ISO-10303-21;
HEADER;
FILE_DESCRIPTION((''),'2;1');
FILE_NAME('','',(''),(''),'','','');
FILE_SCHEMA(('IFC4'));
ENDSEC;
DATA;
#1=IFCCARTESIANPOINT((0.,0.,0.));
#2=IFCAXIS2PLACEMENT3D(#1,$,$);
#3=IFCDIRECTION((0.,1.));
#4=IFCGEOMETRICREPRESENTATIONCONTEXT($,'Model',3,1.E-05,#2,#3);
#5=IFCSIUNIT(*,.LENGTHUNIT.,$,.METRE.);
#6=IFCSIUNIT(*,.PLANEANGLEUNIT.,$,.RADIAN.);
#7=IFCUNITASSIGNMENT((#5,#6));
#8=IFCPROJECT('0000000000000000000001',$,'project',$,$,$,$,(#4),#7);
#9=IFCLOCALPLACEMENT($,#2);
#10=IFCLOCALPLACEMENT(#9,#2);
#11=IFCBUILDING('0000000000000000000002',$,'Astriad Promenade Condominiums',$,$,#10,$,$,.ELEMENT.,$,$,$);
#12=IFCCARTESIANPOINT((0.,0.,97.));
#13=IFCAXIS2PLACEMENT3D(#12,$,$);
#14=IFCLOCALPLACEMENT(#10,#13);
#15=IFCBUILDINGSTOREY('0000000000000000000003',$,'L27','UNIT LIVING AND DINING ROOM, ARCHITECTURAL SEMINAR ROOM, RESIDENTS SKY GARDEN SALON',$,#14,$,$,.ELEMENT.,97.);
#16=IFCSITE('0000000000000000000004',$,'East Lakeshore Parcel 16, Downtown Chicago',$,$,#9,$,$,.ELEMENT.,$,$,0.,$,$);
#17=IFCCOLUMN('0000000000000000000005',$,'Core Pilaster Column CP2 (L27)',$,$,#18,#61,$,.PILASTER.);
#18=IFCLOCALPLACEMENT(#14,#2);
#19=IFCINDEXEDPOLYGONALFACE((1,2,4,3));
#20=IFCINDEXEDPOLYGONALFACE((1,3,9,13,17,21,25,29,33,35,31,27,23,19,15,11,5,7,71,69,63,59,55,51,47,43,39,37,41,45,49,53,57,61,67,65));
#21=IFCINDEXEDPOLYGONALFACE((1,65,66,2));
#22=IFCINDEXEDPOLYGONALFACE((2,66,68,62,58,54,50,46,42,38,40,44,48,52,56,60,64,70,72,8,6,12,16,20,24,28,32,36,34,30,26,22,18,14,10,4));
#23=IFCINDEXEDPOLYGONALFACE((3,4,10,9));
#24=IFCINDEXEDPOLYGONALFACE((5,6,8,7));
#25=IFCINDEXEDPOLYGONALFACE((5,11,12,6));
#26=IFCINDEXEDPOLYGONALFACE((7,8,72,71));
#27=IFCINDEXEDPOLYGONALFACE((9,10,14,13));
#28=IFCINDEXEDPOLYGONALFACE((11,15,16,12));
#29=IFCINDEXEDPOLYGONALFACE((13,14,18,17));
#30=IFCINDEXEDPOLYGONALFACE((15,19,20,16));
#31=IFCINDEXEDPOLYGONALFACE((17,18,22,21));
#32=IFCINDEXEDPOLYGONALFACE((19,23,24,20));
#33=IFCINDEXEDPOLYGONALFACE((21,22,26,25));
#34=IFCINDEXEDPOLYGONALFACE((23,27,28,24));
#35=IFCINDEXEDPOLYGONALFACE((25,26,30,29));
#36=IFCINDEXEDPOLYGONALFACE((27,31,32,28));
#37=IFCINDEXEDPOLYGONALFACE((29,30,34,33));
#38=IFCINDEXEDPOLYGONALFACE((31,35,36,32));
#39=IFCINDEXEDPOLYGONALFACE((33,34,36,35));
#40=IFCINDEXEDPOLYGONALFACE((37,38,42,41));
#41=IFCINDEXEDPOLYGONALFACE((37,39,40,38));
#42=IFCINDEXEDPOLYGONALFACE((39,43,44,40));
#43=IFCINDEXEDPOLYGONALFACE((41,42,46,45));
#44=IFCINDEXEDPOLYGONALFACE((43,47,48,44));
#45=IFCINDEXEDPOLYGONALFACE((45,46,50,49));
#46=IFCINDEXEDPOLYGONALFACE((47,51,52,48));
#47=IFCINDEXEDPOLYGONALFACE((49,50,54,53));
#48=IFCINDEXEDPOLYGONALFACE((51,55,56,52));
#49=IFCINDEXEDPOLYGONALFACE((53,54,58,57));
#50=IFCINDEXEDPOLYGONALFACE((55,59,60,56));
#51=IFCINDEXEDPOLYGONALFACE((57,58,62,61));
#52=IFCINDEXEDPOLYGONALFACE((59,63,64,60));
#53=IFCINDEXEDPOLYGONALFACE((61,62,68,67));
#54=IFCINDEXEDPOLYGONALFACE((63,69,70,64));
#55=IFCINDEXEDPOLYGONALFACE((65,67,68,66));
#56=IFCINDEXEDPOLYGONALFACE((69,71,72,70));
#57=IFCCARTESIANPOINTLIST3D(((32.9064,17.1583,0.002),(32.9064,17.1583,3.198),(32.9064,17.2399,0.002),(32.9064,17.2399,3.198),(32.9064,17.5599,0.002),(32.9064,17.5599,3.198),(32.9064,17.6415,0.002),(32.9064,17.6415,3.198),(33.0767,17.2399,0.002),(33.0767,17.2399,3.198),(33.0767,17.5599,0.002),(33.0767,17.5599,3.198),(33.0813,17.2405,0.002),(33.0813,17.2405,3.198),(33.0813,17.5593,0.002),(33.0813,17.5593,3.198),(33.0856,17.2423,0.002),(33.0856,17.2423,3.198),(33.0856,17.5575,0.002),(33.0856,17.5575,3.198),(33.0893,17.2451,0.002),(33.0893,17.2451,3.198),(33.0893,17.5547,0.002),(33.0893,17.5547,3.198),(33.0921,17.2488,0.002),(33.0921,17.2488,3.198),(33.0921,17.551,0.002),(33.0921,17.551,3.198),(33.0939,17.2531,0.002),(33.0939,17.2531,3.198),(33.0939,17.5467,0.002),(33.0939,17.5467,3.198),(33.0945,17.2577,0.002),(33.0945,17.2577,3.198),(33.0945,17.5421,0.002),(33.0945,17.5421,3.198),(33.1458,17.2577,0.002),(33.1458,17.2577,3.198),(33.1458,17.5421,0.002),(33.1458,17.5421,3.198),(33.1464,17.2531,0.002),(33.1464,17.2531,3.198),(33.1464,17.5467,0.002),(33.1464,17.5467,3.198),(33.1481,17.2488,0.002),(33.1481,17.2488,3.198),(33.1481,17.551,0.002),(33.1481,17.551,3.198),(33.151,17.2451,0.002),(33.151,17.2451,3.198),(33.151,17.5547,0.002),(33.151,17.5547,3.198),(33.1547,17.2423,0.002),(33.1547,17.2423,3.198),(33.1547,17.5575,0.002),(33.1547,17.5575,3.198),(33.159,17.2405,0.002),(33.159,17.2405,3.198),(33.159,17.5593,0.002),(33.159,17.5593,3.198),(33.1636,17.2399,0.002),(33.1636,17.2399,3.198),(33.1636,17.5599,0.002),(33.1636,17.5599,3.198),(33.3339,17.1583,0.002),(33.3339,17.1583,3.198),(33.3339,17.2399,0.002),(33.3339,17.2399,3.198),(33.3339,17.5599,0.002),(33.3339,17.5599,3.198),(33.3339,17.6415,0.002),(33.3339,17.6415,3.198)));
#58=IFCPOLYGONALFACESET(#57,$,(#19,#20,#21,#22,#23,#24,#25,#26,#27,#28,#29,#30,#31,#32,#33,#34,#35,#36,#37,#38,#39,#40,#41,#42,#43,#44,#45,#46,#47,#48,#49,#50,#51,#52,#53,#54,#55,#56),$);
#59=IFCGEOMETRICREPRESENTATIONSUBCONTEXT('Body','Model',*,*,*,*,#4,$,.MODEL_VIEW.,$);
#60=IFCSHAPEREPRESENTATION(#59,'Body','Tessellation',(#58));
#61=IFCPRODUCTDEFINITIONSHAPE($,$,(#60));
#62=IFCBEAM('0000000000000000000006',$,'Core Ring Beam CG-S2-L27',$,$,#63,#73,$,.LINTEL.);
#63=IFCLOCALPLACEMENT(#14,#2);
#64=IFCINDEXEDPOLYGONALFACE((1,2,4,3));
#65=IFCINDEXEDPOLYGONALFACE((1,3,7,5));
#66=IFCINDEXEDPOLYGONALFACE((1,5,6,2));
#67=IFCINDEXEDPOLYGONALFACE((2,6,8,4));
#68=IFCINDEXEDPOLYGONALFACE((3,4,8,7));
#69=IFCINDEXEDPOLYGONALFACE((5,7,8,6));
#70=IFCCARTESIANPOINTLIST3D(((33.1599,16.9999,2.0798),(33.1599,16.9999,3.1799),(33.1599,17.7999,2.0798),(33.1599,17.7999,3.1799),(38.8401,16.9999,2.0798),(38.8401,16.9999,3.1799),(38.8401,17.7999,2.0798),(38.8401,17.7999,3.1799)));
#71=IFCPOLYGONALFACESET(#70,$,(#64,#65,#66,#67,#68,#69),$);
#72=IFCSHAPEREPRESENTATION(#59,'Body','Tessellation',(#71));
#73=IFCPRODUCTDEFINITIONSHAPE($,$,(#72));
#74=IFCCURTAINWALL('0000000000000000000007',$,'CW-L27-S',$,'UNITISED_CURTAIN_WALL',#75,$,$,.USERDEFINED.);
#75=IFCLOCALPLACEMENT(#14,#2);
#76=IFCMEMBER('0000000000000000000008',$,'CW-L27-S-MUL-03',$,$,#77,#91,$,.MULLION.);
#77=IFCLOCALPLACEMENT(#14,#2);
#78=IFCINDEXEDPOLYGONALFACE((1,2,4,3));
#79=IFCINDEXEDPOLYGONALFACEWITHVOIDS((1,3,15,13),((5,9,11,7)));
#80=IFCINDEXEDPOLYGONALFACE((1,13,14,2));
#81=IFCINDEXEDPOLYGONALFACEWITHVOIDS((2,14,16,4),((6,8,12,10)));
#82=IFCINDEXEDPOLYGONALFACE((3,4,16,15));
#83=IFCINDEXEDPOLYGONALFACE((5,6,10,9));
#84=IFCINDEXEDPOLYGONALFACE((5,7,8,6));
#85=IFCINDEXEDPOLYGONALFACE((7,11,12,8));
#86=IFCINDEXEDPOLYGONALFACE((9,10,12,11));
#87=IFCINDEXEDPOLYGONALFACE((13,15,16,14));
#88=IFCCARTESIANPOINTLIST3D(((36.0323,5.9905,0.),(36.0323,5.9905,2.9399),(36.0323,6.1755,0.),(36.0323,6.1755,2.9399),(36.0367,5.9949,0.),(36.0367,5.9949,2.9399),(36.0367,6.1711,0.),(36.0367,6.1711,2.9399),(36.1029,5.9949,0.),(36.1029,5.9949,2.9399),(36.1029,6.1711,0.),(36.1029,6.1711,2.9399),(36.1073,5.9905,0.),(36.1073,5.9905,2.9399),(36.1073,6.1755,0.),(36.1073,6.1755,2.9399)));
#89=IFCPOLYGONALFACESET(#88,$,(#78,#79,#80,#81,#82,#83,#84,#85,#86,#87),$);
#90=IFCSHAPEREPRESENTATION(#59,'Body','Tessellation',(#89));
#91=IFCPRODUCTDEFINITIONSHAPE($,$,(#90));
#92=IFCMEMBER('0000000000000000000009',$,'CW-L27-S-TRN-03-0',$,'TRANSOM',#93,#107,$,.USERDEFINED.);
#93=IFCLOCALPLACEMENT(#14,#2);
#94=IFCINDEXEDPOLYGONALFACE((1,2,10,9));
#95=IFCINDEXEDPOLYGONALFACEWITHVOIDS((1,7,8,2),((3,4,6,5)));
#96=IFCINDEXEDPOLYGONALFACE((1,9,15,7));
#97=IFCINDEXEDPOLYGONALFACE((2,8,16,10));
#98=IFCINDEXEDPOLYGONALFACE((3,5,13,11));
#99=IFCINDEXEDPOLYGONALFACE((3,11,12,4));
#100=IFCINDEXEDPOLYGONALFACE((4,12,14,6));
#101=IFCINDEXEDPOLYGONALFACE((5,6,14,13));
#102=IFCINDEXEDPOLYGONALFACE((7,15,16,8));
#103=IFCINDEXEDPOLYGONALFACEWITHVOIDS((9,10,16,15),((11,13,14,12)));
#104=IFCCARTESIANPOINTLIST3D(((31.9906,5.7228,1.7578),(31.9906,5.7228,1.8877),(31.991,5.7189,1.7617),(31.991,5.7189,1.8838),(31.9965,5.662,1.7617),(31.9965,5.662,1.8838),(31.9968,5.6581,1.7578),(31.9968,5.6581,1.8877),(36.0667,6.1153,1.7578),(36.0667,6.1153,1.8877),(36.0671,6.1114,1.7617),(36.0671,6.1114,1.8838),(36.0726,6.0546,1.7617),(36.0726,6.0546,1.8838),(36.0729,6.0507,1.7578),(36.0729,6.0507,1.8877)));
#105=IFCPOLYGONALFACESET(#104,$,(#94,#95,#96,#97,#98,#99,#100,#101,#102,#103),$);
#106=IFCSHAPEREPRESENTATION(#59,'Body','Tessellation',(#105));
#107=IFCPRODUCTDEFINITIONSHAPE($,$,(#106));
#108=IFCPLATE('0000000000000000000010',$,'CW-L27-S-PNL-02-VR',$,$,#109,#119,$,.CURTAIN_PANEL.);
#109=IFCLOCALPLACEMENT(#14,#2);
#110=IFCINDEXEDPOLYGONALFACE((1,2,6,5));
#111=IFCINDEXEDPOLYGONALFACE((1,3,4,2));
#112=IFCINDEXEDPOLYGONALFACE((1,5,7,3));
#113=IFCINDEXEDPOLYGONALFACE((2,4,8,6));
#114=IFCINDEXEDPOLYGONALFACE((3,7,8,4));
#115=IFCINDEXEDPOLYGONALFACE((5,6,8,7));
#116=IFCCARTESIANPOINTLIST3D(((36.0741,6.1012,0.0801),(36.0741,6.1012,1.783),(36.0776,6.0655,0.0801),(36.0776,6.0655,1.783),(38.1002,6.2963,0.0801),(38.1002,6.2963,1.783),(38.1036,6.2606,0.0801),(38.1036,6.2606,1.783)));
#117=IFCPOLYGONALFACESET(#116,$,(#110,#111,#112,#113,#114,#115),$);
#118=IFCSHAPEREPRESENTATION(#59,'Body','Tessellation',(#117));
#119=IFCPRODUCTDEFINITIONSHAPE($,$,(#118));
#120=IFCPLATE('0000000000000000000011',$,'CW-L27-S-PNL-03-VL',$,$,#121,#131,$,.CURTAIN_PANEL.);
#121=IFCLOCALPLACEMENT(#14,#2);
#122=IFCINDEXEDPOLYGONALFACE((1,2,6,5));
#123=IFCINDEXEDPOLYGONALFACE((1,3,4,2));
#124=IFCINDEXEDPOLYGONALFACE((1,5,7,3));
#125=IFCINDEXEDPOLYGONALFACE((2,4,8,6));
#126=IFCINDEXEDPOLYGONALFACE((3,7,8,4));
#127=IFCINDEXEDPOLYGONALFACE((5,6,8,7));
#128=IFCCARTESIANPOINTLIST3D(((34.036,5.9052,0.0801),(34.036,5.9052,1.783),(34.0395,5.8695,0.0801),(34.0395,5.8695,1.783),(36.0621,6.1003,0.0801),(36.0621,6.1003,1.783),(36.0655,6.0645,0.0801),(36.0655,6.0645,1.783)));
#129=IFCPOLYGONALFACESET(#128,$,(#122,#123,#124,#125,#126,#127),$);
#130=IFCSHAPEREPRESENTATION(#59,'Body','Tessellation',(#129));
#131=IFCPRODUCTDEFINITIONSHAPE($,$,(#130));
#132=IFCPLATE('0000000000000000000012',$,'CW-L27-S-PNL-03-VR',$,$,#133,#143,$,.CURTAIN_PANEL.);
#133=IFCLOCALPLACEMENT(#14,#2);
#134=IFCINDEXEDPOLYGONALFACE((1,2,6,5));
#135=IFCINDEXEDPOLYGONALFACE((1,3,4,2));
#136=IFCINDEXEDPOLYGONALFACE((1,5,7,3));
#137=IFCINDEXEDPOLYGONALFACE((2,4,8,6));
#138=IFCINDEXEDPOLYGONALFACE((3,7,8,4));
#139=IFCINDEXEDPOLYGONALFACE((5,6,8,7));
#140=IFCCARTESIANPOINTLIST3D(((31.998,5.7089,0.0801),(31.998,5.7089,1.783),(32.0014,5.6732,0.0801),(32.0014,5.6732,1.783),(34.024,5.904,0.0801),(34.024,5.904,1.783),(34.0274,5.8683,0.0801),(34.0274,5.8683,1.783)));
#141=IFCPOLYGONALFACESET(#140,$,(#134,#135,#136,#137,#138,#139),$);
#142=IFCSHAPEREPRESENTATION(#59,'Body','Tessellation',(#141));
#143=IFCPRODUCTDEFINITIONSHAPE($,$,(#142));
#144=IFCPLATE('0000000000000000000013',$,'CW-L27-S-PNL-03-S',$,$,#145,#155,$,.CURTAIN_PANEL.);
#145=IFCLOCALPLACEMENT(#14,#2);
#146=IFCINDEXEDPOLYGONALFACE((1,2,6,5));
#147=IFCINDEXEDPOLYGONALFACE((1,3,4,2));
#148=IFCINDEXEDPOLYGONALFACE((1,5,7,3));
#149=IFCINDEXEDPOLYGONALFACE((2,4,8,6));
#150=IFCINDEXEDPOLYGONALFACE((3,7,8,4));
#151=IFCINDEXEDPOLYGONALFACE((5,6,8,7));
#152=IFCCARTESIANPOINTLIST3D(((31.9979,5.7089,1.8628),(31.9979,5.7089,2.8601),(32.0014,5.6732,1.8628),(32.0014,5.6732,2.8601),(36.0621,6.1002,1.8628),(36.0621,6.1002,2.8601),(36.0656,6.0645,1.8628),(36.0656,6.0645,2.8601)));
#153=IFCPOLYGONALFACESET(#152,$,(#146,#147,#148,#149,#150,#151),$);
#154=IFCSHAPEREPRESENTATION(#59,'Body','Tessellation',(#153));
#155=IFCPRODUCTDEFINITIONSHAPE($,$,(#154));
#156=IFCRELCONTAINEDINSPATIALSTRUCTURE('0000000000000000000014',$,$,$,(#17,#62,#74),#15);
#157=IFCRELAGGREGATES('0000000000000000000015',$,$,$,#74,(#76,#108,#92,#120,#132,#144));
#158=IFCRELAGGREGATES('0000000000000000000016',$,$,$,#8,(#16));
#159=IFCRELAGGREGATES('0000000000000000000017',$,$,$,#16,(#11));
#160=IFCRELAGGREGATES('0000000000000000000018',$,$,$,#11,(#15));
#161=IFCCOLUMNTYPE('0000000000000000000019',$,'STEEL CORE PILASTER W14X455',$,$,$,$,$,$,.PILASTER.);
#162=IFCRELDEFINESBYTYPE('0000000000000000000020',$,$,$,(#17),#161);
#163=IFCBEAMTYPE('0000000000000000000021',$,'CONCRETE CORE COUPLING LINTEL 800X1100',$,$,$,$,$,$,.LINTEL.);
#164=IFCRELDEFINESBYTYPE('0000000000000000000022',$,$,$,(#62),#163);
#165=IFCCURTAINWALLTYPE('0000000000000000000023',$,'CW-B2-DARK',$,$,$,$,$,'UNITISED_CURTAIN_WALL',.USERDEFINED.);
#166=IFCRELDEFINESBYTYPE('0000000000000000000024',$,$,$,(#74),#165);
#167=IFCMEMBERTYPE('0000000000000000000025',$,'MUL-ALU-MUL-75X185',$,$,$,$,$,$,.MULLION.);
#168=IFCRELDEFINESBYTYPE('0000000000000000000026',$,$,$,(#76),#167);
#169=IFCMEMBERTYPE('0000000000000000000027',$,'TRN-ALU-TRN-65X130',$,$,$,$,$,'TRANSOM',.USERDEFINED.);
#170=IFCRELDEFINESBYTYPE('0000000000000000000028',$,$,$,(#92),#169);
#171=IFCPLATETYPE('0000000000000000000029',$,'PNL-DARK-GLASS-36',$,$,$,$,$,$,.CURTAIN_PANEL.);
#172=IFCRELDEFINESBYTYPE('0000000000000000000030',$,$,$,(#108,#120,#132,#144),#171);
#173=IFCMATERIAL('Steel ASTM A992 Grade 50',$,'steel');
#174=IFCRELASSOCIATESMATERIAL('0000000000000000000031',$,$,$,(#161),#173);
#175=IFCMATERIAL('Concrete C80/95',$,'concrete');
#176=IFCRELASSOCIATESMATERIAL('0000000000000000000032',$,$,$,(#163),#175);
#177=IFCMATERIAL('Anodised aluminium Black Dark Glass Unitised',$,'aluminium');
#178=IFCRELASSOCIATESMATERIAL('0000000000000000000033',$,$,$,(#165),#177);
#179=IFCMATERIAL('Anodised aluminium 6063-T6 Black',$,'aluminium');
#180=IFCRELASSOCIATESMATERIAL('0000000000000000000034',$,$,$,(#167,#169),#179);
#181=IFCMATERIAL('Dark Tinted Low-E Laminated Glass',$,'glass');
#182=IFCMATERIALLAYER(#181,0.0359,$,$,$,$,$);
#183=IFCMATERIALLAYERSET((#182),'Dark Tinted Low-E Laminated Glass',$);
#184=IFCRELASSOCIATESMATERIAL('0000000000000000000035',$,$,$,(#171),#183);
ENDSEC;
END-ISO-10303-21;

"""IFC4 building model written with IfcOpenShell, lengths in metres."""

from ifc_helpers import new_model, si_unit, direction, frame, origin, origin_2d, place, context, subcontext, project, spatial, rectangle, hollow_rectangle, i_section, extrude, source, transform, mapped, material, layer, layer_set, material_profile, profile_set, type_object, type_shapes, element, aggregate, save


model = new_model("IFC4")

# Units and contexts
model_context = context("Model", 3, precision=1e-05, world=origin(), true_north=direction((0.0, 1.0)))
body_context = subcontext(model_context, "Body", "Model", "MODEL_VIEW")
ifc_project = project(units=[si_unit("LENGTHUNIT", "METRE"), si_unit("PLANEANGLEUNIT", "RADIAN")], contexts=[model_context])

# Site, building, storey
site_placement = place(None, origin())
site = spatial("IfcSite", under=ifc_project, at=site_placement, Name="East Lakeshore Parcel 16, Downtown Chicago", CompositionType="ELEMENT", RefElevation=0.0)
building_placement = place(site_placement, origin())
building = spatial("IfcBuilding", under=site, at=building_placement, Name="Astriad Promenade Condominiums", CompositionType="ELEMENT")
storey_placement = place(building_placement, frame((0.0, 0.0, 97.0)))
storey = spatial("IfcBuildingStorey", under=building, at=storey_placement, Name="L27", Description="UNIT LIVING AND DINING ROOM, ARCHITECTURAL SEMINAR ROOM, RESIDENTS SKY GARDEN SALON", CompositionType="ELEMENT", Elevation=97.0)

# Column
ifc_material_1 = material(Name="Steel ASTM A992 Grade 50", Category="steel")
ifc_material_profile_1 = material_profile(ifc_material_1, i_section(OverallWidth=0.4275, OverallDepth=0.4832, WebThickness=0.0513, FlangeThickness=0.0815, FilletRadius=0.0178, at=origin_2d()), Name="W14X455")
ifc_profile_set_1 = profile_set([ifc_material_profile_1], Name="Steel ASTM A992 Grade 50")
column_type = type_object("IfcColumnType", Name="STEEL CORE PILASTER W14X455", PredefinedType="PILASTER", material=ifc_profile_set_1)
shared_shape_1 = source(origin(), body_context, "Body", "SweptSolid", [
    extrude(i_section(OverallWidth=0.4275, OverallDepth=0.4832, WebThickness=0.0513, FlangeThickness=0.0815, FilletRadius=0.0178, at=origin_2d()), origin(), (0.0, 0.0, 1.0), 3.196),
])
type_shapes(column_type, [shared_shape_1])
column_placement = place(storey_placement, frame((33.1201, 17.3999, 0.002), z_axis=(0.0, 0.0, 1.0), x_axis=(1.0, 0.0, 0.0)))
element("IfcColumn", 1, at=column_placement, inside=storey, type_object=column_type, Name="Core Pilaster Column CP2 (L27)", PredefinedType="PILASTER", context=body_context, shape_type="MappedRepresentation", body=[
    mapped(shared_shape_1, transform((0.0, 0.0, 0.0), scale=1.0)),
])

# Beam
ifc_material_2 = material(Name="Concrete C80/95", Category="concrete")
ifc_material_profile_2 = material_profile(ifc_material_2, rectangle(XDim=0.8, YDim=1.1001, at=origin_2d()), Name="RC-BM-800X1100")
ifc_profile_set_2 = profile_set([ifc_material_profile_2], Name="Concrete C80/95")
beam_type = type_object("IfcBeamType", Name="CONCRETE CORE COUPLING LINTEL 800X1100", PredefinedType="LINTEL", material=ifc_profile_set_2)
shared_shape_2 = source(origin(), body_context, "Body", "SweptSolid", [
    extrude(rectangle(XDim=0.8, YDim=1.1001, at=origin_2d()), origin(), (0.0, 0.0, 1.0), 5.6802),
])
type_shapes(beam_type, [shared_shape_2])
beam_placement = place(storey_placement, frame((33.1599, 17.3999, 2.6299), z_axis=(1.0, 0.0, 0.0), x_axis=(0.0, 1.0, 0.0)))
element("IfcBeam", 2, at=beam_placement, inside=storey, type_object=beam_type, Name="Core Ring Beam CG-S2-L27", PredefinedType="LINTEL", context=body_context, shape_type="MappedRepresentation", body=[
    mapped(shared_shape_2, transform((0.0, 0.0, 0.0), scale=1.0)),
])

# Curtain wall, members, plates
ifc_material_3 = material(Name="Anodised aluminium Black Dark Glass Unitised", Category="aluminium")
curtain_wall_type = type_object("IfcCurtainWallType", Name="CW-B2-DARK", ElementType="UNITISED_CURTAIN_WALL", PredefinedType="USERDEFINED", material=ifc_material_3)
curtain_wall_placement = place(storey_placement, origin())
curtain_wall = element("IfcCurtainWall", 3, at=curtain_wall_placement, inside=storey, type_object=curtain_wall_type, Name="CW-L27-S", ObjectType="UNITISED_CURTAIN_WALL", PredefinedType="USERDEFINED")
ifc_material_4 = material(Name="Anodised aluminium 6063-T6 Black", Category="aluminium")
ifc_material_profile_3 = material_profile(ifc_material_4, hollow_rectangle(XDim=0.075, YDim=0.1851, WallThickness=0.0044, at=origin_2d()), Name="ALU-MUL-75X185")
ifc_profile_set_3 = profile_set([ifc_material_profile_3], Name="Anodised aluminium 6063-T6 Black")
member_type_1 = type_object("IfcMemberType", Name="MUL-ALU-MUL-75X185", PredefinedType="MULLION", material=ifc_profile_set_3)
shared_shape_3 = source(origin(), body_context, "Body", "SweptSolid", [
    extrude(hollow_rectangle(XDim=0.075, YDim=0.1851, WallThickness=0.0044, at=origin_2d()), origin(), (0.0, 0.0, 1.0), 2.9399),
])
type_shapes(member_type_1, [shared_shape_3])
member_1_placement = place(storey_placement, frame((36.0698, 6.083, 0.0), z_axis=(0.0, 0.0, 1.0), x_axis=(1.0, 0.0, 0.0)))
member_1 = element("IfcMember", 4, at=member_1_placement, type_object=member_type_1, Name="CW-L27-S-MUL-03", PredefinedType="MULLION", context=body_context, shape_type="MappedRepresentation", body=[
    mapped(shared_shape_3, transform((0.0, 0.0, 0.0), scale=1.0)),
])
ifc_material_profile_4 = material_profile(ifc_material_4, hollow_rectangle(XDim=0.0649, YDim=0.1299, WallThickness=0.0039, at=origin_2d()), Name="ALU-TRN-65X130")
ifc_profile_set_4 = profile_set([ifc_material_profile_4], Name="Anodised aluminium 6063-T6 Black")
member_type_2 = type_object("IfcMemberType", Name="TRN-ALU-TRN-65X130", ElementType="TRANSOM", PredefinedType="USERDEFINED", material=ifc_profile_set_4)
shared_shape_4 = source(origin(), body_context, "Body", "SweptSolid", [
    extrude(hollow_rectangle(XDim=0.0649, YDim=0.1299, WallThickness=0.0039, at=origin_2d()), origin(), (0.0, 0.0, 1.0), 4.095),
])
type_shapes(member_type_2, [shared_shape_4])
member_2_placement = place(storey_placement, frame((36.0698, 6.083, 1.8228), z_axis=(-0.995394, -0.095867, 0.0), x_axis=(0.095867, -0.995394, 0.0)))
member_2 = element("IfcMember", 5, at=member_2_placement, type_object=member_type_2, Name="CW-L27-S-TRN-03-0", ObjectType="TRANSOM", PredefinedType="USERDEFINED", context=body_context, shape_type="MappedRepresentation", body=[
    mapped(shared_shape_4, transform((0.0, 0.0, 0.0), scale=1.0)),
])
ifc_material_5 = material(Name="Dark Tinted Low-E Laminated Glass", Category="glass")
ifc_layer_1 = layer(ifc_material_5, 0.0359)
ifc_layer_set_1 = layer_set([ifc_layer_1], Name="Dark Tinted Low-E Laminated Glass")
plate_type = type_object("IfcPlateType", Name="PNL-DARK-GLASS-36", PredefinedType="CURTAIN_PANEL", material=ifc_layer_set_1)
shared_shape_5 = source(origin(), body_context, "Body", "SweptSolid", [
    extrude(rectangle(XDim=2.0354, YDim=0.0359, at=origin_2d()), origin(), (0.0, 0.0, 1.0), 1.7029),
])
plate_1_placement = place(storey_placement, frame((37.0889, 6.1809, 0.0801), z_axis=(0.0, 0.0, 1.0), x_axis=(-0.995396, -0.095846, 0.0)))
plate_1 = element("IfcPlate", 6, at=plate_1_placement, type_object=plate_type, Name="CW-L27-S-PNL-02-VR", PredefinedType="CURTAIN_PANEL", context=body_context, shape_type="MappedRepresentation", body=[
    mapped(shared_shape_5, transform((0.0, 0.0, 0.0), scale=1.0)),
])
plate_2_placement = place(storey_placement, frame((35.0508, 5.9849, 0.0801), z_axis=(0.0, 0.0, 1.0), x_axis=(-0.995396, -0.095846, 0.0)))
plate_2 = element("IfcPlate", 7, at=plate_2_placement, type_object=plate_type, Name="CW-L27-S-PNL-03-VL", PredefinedType="CURTAIN_PANEL", context=body_context, shape_type="MappedRepresentation", body=[
    mapped(shared_shape_5, transform((0.0, 0.0, 0.0), scale=1.0)),
])
plate_3_placement = place(storey_placement, frame((33.0127, 5.7886, 0.0801), z_axis=(0.0, 0.0, 1.0), x_axis=(-0.995396, -0.095846, 0.0)))
plate_3 = element("IfcPlate", 8, at=plate_3_placement, type_object=plate_type, Name="CW-L27-S-PNL-03-VR", PredefinedType="CURTAIN_PANEL", context=body_context, shape_type="MappedRepresentation", body=[
    mapped(shared_shape_5, transform((0.0, 0.0, 0.0), scale=1.0)),
])
shared_shape_6 = source(origin(), body_context, "Body", "SweptSolid", [
    extrude(rectangle(XDim=4.083, YDim=0.0359, at=origin_2d()), origin(), (0.0, 0.0, 1.0), 0.9973),
])
type_shapes(plate_type, [shared_shape_5, shared_shape_6])
plate_4_placement = place(storey_placement, frame((34.0317, 5.8867, 1.8628), z_axis=(0.0, 0.0, 1.0), x_axis=(-0.995396, -0.095846, 0.0)))
plate_4 = element("IfcPlate", 9, at=plate_4_placement, type_object=plate_type, Name="CW-L27-S-PNL-03-S", PredefinedType="CURTAIN_PANEL", context=body_context, shape_type="MappedRepresentation", body=[
    mapped(shared_shape_6, transform((0.0, 0.0, 0.0), scale=1.0)),
])
aggregate(curtain_wall, [member_1, plate_1, member_2, plate_2, plate_3, plate_4])

save(model, "model.ifc")
